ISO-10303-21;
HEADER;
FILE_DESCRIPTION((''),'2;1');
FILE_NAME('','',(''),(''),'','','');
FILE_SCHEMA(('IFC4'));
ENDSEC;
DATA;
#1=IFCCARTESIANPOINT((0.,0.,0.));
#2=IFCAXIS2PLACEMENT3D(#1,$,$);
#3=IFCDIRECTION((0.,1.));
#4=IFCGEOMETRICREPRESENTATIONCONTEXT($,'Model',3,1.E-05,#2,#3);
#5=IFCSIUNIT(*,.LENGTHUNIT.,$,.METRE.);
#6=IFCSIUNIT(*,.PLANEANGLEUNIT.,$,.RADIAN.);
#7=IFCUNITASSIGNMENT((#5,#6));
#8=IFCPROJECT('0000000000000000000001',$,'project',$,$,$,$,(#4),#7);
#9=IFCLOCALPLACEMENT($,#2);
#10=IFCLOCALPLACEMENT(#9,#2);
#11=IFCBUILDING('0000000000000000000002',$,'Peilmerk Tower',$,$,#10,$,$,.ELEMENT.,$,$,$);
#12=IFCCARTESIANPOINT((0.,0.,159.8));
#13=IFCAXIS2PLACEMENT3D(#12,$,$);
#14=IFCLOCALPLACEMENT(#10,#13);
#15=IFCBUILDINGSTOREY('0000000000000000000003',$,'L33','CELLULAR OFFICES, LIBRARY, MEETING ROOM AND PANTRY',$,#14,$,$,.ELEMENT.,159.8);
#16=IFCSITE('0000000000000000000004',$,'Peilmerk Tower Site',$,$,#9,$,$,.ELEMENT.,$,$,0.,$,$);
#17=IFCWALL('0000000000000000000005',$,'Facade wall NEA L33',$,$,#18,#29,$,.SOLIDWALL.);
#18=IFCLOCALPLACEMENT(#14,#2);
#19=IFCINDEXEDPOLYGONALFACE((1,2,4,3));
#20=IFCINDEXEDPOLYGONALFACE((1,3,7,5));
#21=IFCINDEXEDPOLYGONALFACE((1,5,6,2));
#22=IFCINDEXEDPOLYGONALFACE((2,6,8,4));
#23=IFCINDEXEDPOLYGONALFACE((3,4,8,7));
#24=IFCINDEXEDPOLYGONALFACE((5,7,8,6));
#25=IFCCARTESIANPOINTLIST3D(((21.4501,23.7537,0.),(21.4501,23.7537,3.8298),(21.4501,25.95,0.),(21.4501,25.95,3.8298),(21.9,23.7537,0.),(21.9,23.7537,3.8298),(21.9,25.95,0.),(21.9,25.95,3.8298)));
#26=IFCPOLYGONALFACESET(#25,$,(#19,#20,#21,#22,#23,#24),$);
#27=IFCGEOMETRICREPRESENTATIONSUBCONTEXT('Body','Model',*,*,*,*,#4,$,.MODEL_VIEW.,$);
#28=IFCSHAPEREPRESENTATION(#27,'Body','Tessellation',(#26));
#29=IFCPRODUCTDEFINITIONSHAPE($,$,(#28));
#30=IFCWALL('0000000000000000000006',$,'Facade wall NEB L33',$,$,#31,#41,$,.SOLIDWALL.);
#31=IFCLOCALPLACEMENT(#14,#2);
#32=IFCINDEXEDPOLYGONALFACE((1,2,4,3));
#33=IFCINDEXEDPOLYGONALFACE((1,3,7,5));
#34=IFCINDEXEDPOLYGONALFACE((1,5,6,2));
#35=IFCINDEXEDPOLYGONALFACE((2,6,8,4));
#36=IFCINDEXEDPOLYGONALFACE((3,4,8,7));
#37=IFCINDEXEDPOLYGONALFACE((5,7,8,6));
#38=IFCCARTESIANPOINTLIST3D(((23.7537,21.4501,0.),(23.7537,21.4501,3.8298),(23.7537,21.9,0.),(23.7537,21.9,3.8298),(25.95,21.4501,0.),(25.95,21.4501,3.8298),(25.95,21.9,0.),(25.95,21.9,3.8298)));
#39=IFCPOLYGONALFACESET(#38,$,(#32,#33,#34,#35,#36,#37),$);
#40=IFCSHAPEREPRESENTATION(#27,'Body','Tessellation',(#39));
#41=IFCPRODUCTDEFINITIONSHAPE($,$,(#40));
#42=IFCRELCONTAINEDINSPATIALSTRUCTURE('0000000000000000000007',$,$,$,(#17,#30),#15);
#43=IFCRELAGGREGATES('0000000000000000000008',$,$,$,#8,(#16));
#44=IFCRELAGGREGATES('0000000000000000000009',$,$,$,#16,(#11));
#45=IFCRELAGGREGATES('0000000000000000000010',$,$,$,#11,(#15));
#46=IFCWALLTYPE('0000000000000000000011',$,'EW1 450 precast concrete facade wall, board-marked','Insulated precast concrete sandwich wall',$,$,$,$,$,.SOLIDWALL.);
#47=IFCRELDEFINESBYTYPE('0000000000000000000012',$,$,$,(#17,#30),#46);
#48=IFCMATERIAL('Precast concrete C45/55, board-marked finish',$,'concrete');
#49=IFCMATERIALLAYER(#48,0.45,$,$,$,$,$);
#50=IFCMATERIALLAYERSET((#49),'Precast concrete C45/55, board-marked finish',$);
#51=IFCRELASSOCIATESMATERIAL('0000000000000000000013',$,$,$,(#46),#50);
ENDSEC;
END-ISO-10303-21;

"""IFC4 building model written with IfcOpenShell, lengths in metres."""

from ifc_helpers import new_model, si_unit, direction, frame, frame_2d, origin, place, context, subcontext, project, spatial, rectangle, extrude, material, layer, layer_set, type_object, element, save


model = new_model("IFC4")

# Units and contexts
model_context = context("Model", 3, precision=1e-05, world=origin(), true_north=direction((0.0, 1.0)))
body_context = subcontext(model_context, "Body", "Model", "MODEL_VIEW")
ifc_project = project(units=[si_unit("LENGTHUNIT", "METRE"), si_unit("PLANEANGLEUNIT", "RADIAN")], contexts=[model_context])

# Site, building, storey
site_placement = place(None, origin())
site = spatial("IfcSite", under=ifc_project, at=site_placement, Name="Peilmerk Tower Site", CompositionType="ELEMENT", RefElevation=0.0)
building_placement = place(site_placement, origin())
building = spatial("IfcBuilding", under=site, at=building_placement, Name="Peilmerk Tower", CompositionType="ELEMENT")
storey_placement = place(building_placement, frame((0.0, 0.0, 159.8)))
storey = spatial("IfcBuildingStorey", under=building, at=storey_placement, Name="L33", Description="CELLULAR OFFICES, LIBRARY, MEETING ROOM AND PANTRY", CompositionType="ELEMENT", Elevation=159.8)

# Shared definitions
ifc_material_1 = material(Name="Precast concrete C45/55, board-marked finish", Category="concrete")
ifc_layer_1 = layer(ifc_material_1, 0.45)
ifc_layer_set_1 = layer_set([ifc_layer_1], Name="Precast concrete C45/55, board-marked finish")
wall_type = type_object("IfcWallType", Name="EW1 450 precast concrete facade wall, board-marked", Description="Insulated precast concrete sandwich wall", PredefinedType="SOLIDWALL", material=ifc_layer_set_1)

# Walls
for number, where, z_axis, x_axis, name in (
    (1, (21.675, 23.7537, 0.0), (0.0, 0.0, 1.0), (0.0, 1.0, 0.0), "Facade wall NEA L33"),
    (2, (23.7537, 21.675, 0.0), (0.0, 0.0, 1.0), (1.0, 0.0, 0.0), "Facade wall NEB L33"),
):
    element("IfcWall", number, at=place(storey_placement, frame(where, z_axis=z_axis, x_axis=x_axis)), inside=storey, type_object=wall_type, Name=name, PredefinedType="SOLIDWALL", context=body_context, shape_type="SweptSolid", body=[
        extrude(rectangle(XDim=2.1963, YDim=0.45, at=frame_2d((1.0981, 0.0))), origin(), (0.0, 0.0, 1.0), 3.8298),
    ])

save(model, "model.ifc")
